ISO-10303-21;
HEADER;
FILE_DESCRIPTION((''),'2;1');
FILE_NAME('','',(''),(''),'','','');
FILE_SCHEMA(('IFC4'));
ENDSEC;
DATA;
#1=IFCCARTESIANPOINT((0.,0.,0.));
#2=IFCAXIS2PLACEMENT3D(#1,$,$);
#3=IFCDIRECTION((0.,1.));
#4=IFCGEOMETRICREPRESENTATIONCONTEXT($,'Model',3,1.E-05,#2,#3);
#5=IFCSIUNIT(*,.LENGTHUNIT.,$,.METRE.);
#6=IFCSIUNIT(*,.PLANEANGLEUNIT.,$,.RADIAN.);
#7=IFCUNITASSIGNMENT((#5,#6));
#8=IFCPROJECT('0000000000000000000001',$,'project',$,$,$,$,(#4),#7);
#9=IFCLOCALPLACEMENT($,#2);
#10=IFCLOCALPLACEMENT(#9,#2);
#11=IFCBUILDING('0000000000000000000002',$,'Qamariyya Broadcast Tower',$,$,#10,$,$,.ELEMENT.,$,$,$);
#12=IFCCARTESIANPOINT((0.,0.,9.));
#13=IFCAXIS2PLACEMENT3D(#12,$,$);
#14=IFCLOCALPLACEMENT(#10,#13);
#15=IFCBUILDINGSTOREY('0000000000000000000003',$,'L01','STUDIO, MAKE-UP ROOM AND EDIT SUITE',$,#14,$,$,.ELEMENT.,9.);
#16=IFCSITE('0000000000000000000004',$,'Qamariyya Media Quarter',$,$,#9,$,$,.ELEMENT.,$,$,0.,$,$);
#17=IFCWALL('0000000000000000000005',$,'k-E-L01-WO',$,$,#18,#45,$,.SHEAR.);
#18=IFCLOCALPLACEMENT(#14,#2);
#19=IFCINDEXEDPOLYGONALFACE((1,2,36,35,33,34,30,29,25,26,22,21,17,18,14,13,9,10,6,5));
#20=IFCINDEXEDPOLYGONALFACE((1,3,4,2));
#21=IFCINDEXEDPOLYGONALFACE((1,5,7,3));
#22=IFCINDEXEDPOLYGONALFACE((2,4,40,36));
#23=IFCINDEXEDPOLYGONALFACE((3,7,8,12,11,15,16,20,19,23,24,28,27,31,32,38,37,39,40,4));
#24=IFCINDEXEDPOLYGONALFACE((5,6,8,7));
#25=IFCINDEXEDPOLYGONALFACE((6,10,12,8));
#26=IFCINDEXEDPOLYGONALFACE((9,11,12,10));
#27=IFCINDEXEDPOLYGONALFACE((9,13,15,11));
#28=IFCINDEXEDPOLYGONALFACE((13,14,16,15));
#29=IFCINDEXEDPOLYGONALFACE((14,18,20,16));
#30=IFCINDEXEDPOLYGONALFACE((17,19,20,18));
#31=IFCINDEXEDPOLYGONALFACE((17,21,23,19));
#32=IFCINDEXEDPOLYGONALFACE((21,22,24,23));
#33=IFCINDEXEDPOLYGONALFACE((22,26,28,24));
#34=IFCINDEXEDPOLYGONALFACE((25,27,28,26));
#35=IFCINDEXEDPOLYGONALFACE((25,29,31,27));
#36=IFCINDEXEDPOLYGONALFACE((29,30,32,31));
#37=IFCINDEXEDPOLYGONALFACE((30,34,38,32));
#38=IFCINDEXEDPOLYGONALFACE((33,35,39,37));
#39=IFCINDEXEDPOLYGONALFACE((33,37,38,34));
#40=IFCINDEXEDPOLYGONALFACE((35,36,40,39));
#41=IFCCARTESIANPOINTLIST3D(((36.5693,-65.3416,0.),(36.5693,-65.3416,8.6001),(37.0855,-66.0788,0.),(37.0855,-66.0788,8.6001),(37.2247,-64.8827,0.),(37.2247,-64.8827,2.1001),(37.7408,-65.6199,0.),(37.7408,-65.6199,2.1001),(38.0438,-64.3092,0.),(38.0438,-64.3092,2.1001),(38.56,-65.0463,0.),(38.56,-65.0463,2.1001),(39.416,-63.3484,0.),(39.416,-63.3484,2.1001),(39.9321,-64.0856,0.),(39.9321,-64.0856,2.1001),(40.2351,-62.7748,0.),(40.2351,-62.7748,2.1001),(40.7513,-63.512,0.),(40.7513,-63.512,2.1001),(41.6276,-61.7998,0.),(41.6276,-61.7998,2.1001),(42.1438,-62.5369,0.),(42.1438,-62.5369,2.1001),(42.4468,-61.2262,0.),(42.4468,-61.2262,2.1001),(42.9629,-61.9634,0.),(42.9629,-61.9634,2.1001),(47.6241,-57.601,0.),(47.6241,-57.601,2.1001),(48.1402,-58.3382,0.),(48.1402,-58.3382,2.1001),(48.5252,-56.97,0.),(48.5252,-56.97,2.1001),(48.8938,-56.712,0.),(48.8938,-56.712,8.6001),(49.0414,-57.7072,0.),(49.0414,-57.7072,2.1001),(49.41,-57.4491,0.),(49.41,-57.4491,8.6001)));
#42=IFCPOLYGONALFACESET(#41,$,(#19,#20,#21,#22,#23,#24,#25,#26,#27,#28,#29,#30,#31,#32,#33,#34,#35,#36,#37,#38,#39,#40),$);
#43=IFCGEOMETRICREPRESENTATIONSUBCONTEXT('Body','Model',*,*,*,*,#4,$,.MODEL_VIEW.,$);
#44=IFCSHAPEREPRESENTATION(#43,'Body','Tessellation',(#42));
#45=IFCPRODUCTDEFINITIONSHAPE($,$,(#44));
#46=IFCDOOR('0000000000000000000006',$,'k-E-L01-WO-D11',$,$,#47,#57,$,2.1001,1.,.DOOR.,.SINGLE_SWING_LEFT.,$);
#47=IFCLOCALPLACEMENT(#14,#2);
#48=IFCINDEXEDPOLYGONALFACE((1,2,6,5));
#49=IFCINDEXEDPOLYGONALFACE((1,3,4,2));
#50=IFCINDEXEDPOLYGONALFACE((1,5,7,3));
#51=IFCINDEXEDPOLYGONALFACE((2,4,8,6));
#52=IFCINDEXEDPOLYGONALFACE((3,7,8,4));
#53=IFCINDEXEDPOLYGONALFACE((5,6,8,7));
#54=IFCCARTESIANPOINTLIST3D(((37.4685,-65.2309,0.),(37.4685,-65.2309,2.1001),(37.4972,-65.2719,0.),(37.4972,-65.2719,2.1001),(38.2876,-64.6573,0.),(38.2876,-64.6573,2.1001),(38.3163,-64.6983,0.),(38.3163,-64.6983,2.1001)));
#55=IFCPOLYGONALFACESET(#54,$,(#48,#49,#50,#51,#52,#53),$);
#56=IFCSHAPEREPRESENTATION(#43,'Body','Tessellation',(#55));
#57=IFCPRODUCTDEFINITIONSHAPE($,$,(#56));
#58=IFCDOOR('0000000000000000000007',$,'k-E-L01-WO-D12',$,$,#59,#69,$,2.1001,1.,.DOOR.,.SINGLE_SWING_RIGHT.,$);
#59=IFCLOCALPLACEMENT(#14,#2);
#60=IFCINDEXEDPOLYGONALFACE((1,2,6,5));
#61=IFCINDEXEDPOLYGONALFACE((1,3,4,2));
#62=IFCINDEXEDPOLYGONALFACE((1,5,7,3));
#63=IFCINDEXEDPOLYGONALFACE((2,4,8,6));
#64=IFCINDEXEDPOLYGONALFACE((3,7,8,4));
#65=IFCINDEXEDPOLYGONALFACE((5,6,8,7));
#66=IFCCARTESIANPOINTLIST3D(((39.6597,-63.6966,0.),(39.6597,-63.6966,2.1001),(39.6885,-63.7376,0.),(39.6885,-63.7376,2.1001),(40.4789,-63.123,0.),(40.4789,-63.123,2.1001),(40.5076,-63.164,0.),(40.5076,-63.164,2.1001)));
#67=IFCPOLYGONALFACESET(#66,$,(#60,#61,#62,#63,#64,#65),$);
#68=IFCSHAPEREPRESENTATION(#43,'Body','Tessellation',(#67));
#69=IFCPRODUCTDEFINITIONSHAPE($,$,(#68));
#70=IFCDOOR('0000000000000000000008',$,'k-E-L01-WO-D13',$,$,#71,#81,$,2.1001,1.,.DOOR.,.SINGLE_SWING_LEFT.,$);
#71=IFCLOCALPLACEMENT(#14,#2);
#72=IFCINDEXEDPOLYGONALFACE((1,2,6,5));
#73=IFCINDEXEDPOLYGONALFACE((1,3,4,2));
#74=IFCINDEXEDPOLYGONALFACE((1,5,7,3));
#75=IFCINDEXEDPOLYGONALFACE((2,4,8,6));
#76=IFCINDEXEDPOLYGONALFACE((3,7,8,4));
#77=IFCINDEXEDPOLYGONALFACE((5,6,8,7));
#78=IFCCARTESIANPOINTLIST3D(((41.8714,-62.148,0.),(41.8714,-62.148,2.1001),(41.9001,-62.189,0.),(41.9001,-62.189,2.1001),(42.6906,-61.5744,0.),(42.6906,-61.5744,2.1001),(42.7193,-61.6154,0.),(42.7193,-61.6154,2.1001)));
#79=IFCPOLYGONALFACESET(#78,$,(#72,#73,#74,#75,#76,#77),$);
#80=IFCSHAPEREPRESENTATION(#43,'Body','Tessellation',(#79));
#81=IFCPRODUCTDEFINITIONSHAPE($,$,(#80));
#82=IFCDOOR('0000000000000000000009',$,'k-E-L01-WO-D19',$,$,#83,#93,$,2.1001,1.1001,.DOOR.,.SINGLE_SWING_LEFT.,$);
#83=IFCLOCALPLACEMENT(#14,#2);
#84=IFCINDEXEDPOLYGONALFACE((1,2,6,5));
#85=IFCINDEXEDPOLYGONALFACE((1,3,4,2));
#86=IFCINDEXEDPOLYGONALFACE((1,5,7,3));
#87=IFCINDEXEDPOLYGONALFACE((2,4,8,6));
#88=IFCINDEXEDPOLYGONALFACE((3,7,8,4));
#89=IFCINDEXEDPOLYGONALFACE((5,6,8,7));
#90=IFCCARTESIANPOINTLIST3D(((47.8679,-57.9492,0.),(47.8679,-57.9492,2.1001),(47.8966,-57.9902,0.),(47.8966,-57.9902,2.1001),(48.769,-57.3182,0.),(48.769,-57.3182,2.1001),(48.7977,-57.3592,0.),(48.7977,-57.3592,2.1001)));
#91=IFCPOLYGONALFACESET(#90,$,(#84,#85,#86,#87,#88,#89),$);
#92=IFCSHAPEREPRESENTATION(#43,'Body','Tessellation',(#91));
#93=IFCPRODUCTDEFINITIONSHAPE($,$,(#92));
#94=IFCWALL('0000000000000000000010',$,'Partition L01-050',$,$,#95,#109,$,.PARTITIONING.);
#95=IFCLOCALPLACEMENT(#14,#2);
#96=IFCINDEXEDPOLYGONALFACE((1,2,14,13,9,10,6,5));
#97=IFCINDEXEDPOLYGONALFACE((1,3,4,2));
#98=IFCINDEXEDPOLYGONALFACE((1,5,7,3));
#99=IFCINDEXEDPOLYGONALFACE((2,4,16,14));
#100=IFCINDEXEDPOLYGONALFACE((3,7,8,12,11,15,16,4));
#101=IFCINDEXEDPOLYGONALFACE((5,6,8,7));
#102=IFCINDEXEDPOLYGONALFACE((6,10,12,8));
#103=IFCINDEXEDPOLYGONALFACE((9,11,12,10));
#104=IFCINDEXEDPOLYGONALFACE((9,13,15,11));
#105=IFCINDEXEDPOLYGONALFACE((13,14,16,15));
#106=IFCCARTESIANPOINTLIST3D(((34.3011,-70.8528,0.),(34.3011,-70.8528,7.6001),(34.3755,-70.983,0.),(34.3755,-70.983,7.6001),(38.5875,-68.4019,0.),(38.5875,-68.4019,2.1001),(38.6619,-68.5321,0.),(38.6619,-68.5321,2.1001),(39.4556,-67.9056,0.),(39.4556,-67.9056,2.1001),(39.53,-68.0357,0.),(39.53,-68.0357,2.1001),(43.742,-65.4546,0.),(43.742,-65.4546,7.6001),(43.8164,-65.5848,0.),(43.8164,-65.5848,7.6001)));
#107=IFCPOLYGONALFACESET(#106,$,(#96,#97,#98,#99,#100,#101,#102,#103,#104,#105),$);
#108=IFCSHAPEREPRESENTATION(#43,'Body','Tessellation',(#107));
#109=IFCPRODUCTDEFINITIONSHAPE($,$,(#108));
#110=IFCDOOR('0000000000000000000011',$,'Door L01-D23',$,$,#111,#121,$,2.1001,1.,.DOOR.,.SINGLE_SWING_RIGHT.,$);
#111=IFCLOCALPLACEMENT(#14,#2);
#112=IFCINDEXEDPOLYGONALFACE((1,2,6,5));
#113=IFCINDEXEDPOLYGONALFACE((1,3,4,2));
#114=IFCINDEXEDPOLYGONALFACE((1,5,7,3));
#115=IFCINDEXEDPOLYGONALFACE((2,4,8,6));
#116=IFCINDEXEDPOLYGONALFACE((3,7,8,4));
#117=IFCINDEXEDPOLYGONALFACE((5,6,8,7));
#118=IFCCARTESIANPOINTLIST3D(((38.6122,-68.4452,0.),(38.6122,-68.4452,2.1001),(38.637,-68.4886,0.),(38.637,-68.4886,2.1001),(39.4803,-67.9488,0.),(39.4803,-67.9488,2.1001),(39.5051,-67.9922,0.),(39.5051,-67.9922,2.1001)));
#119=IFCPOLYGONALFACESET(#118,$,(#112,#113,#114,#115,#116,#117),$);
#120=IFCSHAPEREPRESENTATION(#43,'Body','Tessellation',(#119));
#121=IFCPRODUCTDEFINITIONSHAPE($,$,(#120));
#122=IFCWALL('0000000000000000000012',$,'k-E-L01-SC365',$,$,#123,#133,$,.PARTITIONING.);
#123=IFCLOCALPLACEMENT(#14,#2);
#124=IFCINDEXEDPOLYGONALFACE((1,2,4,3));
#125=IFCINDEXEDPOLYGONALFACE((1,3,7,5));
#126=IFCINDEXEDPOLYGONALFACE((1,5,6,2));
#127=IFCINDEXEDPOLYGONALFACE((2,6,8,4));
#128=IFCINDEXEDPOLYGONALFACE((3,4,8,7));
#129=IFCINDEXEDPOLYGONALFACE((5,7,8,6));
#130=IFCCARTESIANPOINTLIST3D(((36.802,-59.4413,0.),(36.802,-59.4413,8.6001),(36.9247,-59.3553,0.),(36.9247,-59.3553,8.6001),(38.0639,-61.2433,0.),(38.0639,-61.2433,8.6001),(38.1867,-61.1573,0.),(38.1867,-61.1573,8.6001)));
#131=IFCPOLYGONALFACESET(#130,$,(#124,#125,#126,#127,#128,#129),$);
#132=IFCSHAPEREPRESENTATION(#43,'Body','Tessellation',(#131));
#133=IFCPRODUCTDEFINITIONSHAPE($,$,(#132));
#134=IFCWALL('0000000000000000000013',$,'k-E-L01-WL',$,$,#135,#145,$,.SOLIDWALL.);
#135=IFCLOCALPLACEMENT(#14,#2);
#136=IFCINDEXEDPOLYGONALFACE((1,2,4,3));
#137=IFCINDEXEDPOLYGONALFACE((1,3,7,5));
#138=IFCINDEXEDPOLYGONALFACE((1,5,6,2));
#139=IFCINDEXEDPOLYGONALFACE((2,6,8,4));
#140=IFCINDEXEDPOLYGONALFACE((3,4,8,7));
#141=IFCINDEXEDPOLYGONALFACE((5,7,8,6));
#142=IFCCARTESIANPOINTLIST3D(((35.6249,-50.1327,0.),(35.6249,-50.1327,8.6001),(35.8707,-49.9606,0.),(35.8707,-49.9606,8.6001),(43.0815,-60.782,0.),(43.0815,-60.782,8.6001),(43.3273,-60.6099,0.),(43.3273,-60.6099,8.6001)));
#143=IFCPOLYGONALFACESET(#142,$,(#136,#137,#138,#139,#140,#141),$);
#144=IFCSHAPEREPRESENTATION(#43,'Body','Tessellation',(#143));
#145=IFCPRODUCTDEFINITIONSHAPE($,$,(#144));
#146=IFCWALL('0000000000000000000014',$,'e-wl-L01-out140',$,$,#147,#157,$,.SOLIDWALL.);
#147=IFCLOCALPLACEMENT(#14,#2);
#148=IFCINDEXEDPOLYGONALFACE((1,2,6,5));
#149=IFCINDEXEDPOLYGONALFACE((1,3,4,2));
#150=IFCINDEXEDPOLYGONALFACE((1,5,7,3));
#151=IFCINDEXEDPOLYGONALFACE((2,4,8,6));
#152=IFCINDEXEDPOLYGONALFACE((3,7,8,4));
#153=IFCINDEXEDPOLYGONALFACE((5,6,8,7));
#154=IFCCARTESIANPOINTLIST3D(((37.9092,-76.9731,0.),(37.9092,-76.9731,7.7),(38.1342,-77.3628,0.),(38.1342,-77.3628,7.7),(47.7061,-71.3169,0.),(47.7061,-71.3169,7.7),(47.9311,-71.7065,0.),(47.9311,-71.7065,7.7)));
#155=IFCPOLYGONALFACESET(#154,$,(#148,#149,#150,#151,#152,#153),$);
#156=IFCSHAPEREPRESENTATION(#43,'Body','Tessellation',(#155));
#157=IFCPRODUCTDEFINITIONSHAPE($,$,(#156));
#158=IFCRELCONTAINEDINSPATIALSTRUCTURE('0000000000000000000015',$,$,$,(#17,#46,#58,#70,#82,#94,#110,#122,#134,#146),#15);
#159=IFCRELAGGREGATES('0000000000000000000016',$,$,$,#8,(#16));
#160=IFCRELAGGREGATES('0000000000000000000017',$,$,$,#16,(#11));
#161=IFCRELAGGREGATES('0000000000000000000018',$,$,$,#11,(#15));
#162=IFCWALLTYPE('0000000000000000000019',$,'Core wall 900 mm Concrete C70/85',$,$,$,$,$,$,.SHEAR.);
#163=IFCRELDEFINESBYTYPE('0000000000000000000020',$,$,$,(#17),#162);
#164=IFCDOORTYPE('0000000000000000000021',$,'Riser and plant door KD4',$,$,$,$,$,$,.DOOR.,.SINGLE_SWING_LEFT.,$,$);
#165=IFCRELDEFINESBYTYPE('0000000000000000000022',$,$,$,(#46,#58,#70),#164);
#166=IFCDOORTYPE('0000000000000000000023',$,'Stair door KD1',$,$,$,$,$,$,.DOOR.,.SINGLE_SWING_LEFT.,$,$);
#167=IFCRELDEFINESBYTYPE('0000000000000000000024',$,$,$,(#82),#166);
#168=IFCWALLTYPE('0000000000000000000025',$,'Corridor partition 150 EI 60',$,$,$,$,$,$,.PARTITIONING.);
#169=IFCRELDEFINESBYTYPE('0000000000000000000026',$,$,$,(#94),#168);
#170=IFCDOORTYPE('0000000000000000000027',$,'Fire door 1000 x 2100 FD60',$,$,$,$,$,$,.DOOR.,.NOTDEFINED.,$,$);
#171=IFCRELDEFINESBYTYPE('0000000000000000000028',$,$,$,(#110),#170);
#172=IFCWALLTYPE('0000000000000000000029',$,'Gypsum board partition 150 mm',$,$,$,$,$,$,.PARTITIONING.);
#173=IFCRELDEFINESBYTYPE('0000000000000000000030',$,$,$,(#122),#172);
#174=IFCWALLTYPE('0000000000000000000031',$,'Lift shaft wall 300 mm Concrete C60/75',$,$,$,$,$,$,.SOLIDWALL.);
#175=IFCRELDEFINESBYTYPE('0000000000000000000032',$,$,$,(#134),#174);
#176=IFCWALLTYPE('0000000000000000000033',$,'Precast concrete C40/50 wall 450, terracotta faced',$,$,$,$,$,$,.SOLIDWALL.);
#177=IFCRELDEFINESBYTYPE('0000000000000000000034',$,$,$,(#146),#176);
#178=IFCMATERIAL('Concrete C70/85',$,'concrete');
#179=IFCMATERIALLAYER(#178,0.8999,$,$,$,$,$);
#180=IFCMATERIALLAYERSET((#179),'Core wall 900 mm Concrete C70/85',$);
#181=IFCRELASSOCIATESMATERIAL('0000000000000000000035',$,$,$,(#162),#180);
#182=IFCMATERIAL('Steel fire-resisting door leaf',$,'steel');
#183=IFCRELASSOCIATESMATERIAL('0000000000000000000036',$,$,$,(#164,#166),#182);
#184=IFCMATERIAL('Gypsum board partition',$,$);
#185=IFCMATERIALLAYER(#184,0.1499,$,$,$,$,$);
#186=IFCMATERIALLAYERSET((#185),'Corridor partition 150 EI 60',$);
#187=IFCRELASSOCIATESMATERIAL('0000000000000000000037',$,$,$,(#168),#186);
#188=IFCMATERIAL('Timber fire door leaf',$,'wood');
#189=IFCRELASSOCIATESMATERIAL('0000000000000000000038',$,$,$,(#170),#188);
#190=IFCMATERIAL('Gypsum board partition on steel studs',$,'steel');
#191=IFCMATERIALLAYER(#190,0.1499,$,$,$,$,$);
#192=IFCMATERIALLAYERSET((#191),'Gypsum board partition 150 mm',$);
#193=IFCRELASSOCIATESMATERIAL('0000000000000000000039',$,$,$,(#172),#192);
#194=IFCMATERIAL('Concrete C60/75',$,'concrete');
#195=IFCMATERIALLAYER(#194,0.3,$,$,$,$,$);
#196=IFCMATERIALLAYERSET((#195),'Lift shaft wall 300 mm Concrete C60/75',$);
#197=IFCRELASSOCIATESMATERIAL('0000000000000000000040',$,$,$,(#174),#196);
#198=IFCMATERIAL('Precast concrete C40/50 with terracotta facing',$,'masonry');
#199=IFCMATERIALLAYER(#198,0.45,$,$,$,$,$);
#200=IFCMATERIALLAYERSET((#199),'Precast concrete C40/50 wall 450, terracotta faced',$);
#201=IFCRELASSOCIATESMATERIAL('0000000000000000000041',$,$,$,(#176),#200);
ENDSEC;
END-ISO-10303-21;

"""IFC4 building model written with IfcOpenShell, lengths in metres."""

from ifc_helpers import new_model, si_unit, direction, frame, frame_2d, origin, place, context, subcontext, project, spatial, rectangle, extrude, material, layer, layer_set, type_object, element, fill, save


model = new_model("IFC4")

# Units and contexts
model_context = context("Model", 3, precision=1e-05, world=origin(), true_north=direction((0.0, 1.0)))
body_context = subcontext(model_context, "Body", "Model", "MODEL_VIEW")
ifc_project = project(units=[si_unit("LENGTHUNIT", "METRE"), si_unit("PLANEANGLEUNIT", "RADIAN")], contexts=[model_context])

# Site, building, storey
site_placement = place(None, origin())
site = spatial("IfcSite", under=ifc_project, at=site_placement, Name="Qamariyya Media Quarter", CompositionType="ELEMENT", RefElevation=0.0)
building_placement = place(site_placement, origin())
building = spatial("IfcBuilding", under=site, at=building_placement, Name="Qamariyya Broadcast Tower", CompositionType="ELEMENT")
storey_placement = place(building_placement, frame((0.0, 0.0, 9.0)))
storey = spatial("IfcBuildingStorey", under=building, at=storey_placement, Name="L01", Description="STUDIO, MAKE-UP ROOM AND EDIT SUITE", CompositionType="ELEMENT", Elevation=9.0)

# Shared definitions
ifc_material_1 = material(Name="Concrete C70/85", Category="concrete")

# Shared definitions
ifc_layer_1 = layer(ifc_material_1, 0.8999)
ifc_layer_set_1 = layer_set([ifc_layer_1], Name="Core wall 900 mm Concrete C70/85")
wall_type_1 = type_object("IfcWallType", Name="Core wall 900 mm Concrete C70/85", PredefinedType="SHEAR", material=ifc_layer_set_1)
ifc_material_2 = material(Name="Steel fire-resisting door leaf", Category="steel")

# Wall, openings, doors
wall_1_placement = place(storey_placement, frame((36.8274, -65.7102, 0.0), z_axis=(0.0, 0.0, 1.0), x_axis=(0.819153, 0.573575, 0.0)))
wall_1 = element("IfcWall", 1, at=wall_1_placement, inside=storey, type_object=wall_type_1, Name="k-E-L01-WO", PredefinedType="SHEAR", context=body_context, shape_type="SweptSolid", body=[
    extrude(rectangle(XDim=15.0454, YDim=0.8999, at=frame_2d((7.5227, 0.0))), origin(), (0.0, 0.0, 1.0), 8.6001),
])
opening_1_placement = place(wall_1_placement, frame((0.8, 0.0, 0.0)))
opening_1 = element("IfcOpeningElement", 2, at=opening_1_placement, cuts=wall_1, PredefinedType="OPENING", context=body_context, shape_type="SweptSolid", body=[
    extrude(rectangle(XDim=1.0, YDim=2.1001, at=frame_2d((0.5, 1.05))), frame((0.0, 0.46, 0.0), z_axis=(0.0, -1.0, 0.0), x_axis=(1.0, 0.0, 0.0)), (0.0, 0.0, 1.0), 0.9199),
])
opening_2_placement = place(wall_1_placement, frame((3.4751, 0.0, 0.0)))
opening_2 = element("IfcOpeningElement", 3, at=opening_2_placement, cuts=wall_1, PredefinedType="OPENING", context=body_context, shape_type="SweptSolid", body=[
    extrude(rectangle(XDim=1.0, YDim=2.1001, at=frame_2d((0.5, 1.05))), frame((0.0, 0.46, 0.0), z_axis=(0.0, -1.0, 0.0), x_axis=(1.0, 0.0, 0.0)), (0.0, 0.0, 1.0), 0.9199),
])
opening_3_placement = place(wall_1_placement, frame((6.175, 0.0, 0.0)))
opening_3 = element("IfcOpeningElement", 4, at=opening_3_placement, cuts=wall_1, PredefinedType="OPENING", context=body_context, shape_type="SweptSolid", body=[
    extrude(rectangle(XDim=1.0, YDim=2.1001, at=frame_2d((0.5, 1.05))), frame((0.0, 0.46, 0.0), z_axis=(0.0, -1.0, 0.0), x_axis=(1.0, 0.0, 0.0)), (0.0, 0.0, 1.0), 0.9199),
])
opening_4_placement = place(wall_1_placement, frame((13.4954, 0.0, 0.0)))
opening_4 = element("IfcOpeningElement", 5, at=opening_4_placement, cuts=wall_1, PredefinedType="OPENING", context=body_context, shape_type="SweptSolid", body=[
    extrude(rectangle(XDim=1.1001, YDim=2.1001, at=frame_2d((0.55, 1.05))), frame((0.0, 0.46, 0.0), z_axis=(0.0, -1.0, 0.0), x_axis=(1.0, 0.0, 0.0)), (0.0, 0.0, 1.0), 0.9199),
])
door_type_1 = type_object("IfcDoorType", Name="Riser and plant door KD4", OperationType="SINGLE_SWING_LEFT", PredefinedType="DOOR", material=ifc_material_2)
door_1_placement = place(opening_1_placement, origin())
door_1 = element("IfcDoor", 6, at=door_1_placement, inside=storey, type_object=door_type_1, Name="k-E-L01-WO-D11", OperationType="SINGLE_SWING_LEFT", OverallHeight=2.1001, OverallWidth=1.0, PredefinedType="DOOR", context=body_context, shape_type="SweptSolid", body=[
    extrude(rectangle(XDim=1.0, YDim=2.1001, at=frame_2d((0.5, 1.05))), frame((0.0, 0.0249, 0.0), z_axis=(0.0, -1.0, 0.0), x_axis=(1.0, 0.0, 0.0)), (0.0, 0.0, 1.0), 0.05),
])
fill(opening_1, door_1)
door_2_placement = place(opening_2_placement, origin())
door_2 = element("IfcDoor", 7, at=door_2_placement, inside=storey, type_object=door_type_1, Name="k-E-L01-WO-D12", OperationType="SINGLE_SWING_RIGHT", OverallHeight=2.1001, OverallWidth=1.0, PredefinedType="DOOR", context=body_context, shape_type="SweptSolid", body=[
    extrude(rectangle(XDim=1.0, YDim=2.1001, at=frame_2d((0.5, 1.05))), frame((0.0, 0.0249, 0.0), z_axis=(0.0, -1.0, 0.0), x_axis=(1.0, 0.0, 0.0)), (0.0, 0.0, 1.0), 0.05),
])
fill(opening_2, door_2)
door_3_placement = place(opening_3_placement, origin())
door_3 = element("IfcDoor", 8, at=door_3_placement, inside=storey, type_object=door_type_1, Name="k-E-L01-WO-D13", OperationType="SINGLE_SWING_LEFT", OverallHeight=2.1001, OverallWidth=1.0, PredefinedType="DOOR", context=body_context, shape_type="SweptSolid", body=[
    extrude(rectangle(XDim=1.0, YDim=2.1001, at=frame_2d((0.5, 1.05))), frame((0.0, 0.0249, 0.0), z_axis=(0.0, -1.0, 0.0), x_axis=(1.0, 0.0, 0.0)), (0.0, 0.0, 1.0), 0.05),
])
fill(opening_3, door_3)
door_type_2 = type_object("IfcDoorType", Name="Stair door KD1", OperationType="SINGLE_SWING_LEFT", PredefinedType="DOOR", material=ifc_material_2)
door_4_placement = place(opening_4_placement, origin())
door_4 = element("IfcDoor", 9, at=door_4_placement, inside=storey, type_object=door_type_2, Name="k-E-L01-WO-D19", OperationType="SINGLE_SWING_LEFT", OverallHeight=2.1001, OverallWidth=1.1001, PredefinedType="DOOR", context=body_context, shape_type="SweptSolid", body=[
    extrude(rectangle(XDim=1.1001, YDim=2.1001, at=frame_2d((0.55, 1.05))), frame((0.0, 0.0249, 0.0), z_axis=(0.0, -1.0, 0.0), x_axis=(1.0, 0.0, 0.0)), (0.0, 0.0, 1.0), 0.05),
])
fill(opening_4, door_4)

# Wall, opening, door
ifc_material_3 = material(Name="Gypsum board partition")
ifc_layer_2 = layer(ifc_material_3, 0.1499)
ifc_layer_set_2 = layer_set([ifc_layer_2], Name="Corridor partition 150 EI 60")
wall_type_2 = type_object("IfcWallType", Name="Corridor partition 150 EI 60", PredefinedType="PARTITIONING", material=ifc_layer_set_2)
wall_2_placement = place(storey_placement, frame((43.7791, -65.5198, 0.0), z_axis=(0.0, 0.0, 1.0), x_axis=(-0.868109, -0.496373, 0.0)))
wall_2 = element("IfcWall", 10, at=wall_2_placement, inside=storey, type_object=wall_type_2, Name="Partition L01-050", PredefinedType="PARTITIONING", context=body_context, shape_type="SweptSolid", body=[
    extrude(rectangle(XDim=10.8752, YDim=0.1499, at=frame_2d((5.4375, 0.0))), origin(), (0.0, 0.0, 1.0), 7.6001),
])
opening_5_placement = place(wall_2_placement, frame((4.9375, 0.0, 0.0)))
opening_5 = element("IfcOpeningElement", 11, at=opening_5_placement, cuts=wall_2, PredefinedType="OPENING", context=body_context, shape_type="SweptSolid", body=[
    extrude(rectangle(XDim=1.0, YDim=2.1001, at=frame_2d((0.5, 1.05))), frame((0.0, 0.085, 0.0), z_axis=(0.0, -1.0, 0.0), x_axis=(1.0, 0.0, 0.0)), (0.0, 0.0, 1.0), 0.1699),
])
ifc_material_4 = material(Name="Timber fire door leaf", Category="wood")
door_type_3 = type_object("IfcDoorType", Name="Fire door 1000 x 2100 FD60", OperationType="NOTDEFINED", PredefinedType="DOOR", material=ifc_material_4)
door_5_placement = place(opening_5_placement, origin())
door_5 = element("IfcDoor", 12, at=door_5_placement, inside=storey, type_object=door_type_3, Name="Door L01-D23", OperationType="SINGLE_SWING_RIGHT", OverallHeight=2.1001, OverallWidth=1.0, PredefinedType="DOOR", context=body_context, shape_type="SweptSolid", body=[
    extrude(rectangle(XDim=1.0, YDim=2.1001, at=frame_2d((0.5, 1.05))), frame((0.0, 0.0249, 0.0), z_axis=(0.0, -1.0, 0.0), x_axis=(1.0, 0.0, 0.0)), (0.0, 0.0, 1.0), 0.05),
])
fill(opening_5, door_5)

# Walls
ifc_material_5 = material(Name="Gypsum board partition on steel studs", Category="steel")
ifc_layer_3 = layer(ifc_material_5, 0.1499)
ifc_layer_set_3 = layer_set([ifc_layer_3], Name="Gypsum board partition 150 mm")
wall_type_3 = type_object("IfcWallType", Name="Gypsum board partition 150 mm", PredefinedType="PARTITIONING", material=ifc_layer_set_3)
wall_3_placement = place(storey_placement, frame((36.8633, -59.3982, 0.0), z_axis=(0.0, 0.0, 1.0), x_axis=(0.573634, -0.819112, 0.0)))
element("IfcWall", 13, at=wall_3_placement, inside=storey, type_object=wall_type_3, Name="k-E-L01-SC365", PredefinedType="PARTITIONING", context=body_context, shape_type="SweptSolid", body=[
    extrude(rectangle(XDim=2.2, YDim=0.1499, at=frame_2d((1.1001, 0.0))), origin(), (0.0, 0.0, 1.0), 8.6001),
])
ifc_material_6 = material(Name="Concrete C60/75", Category="concrete")
ifc_layer_4 = layer(ifc_material_6, 0.3)
ifc_layer_set_4 = layer_set([ifc_layer_4], Name="Lift shaft wall 300 mm Concrete C60/75")
wall_type_4 = type_object("IfcWallType", Name="Lift shaft wall 300 mm Concrete C60/75", PredefinedType="SOLIDWALL", material=ifc_layer_set_4)
wall_4_placement = place(storey_placement, frame((43.2043, -60.6958, 0.0), z_axis=(0.0, 0.0, 1.0), x_axis=(-0.573572, 0.819155, 0.0)))
element("IfcWall", 14, at=wall_4_placement, inside=storey, type_object=wall_type_4, Name="k-E-L01-WL", PredefinedType="SOLIDWALL", context=body_context, shape_type="SweptSolid", body=[
    extrude(rectangle(XDim=13.0002, YDim=0.3, at=frame_2d((6.5, 0.0))), origin(), (0.0, 0.0, 1.0), 8.6001),
])
ifc_material_7 = material(Name="Precast concrete C40/50 with terracotta facing", Category="masonry")
ifc_layer_5 = layer(ifc_material_7, 0.45)
ifc_layer_set_5 = layer_set([ifc_layer_5], Name="Precast concrete C40/50 wall 450, terracotta faced")
wall_type_5 = type_object("IfcWallType", Name="Precast concrete C40/50 wall 450, terracotta faced", PredefinedType="SOLIDWALL", material=ifc_layer_set_5)
wall_5_placement = place(storey_placement, frame((38.0217, -77.168, 0.0), z_axis=(0.0, 0.0, 1.0), x_axis=(0.866025, 0.500001, 0.0)))
element("IfcWall", 15, at=wall_5_placement, inside=storey, type_object=wall_type_5, Name="e-wl-L01-out140", PredefinedType="SOLIDWALL", context=body_context, shape_type="SweptSolid", body=[
    extrude(rectangle(XDim=11.3125, YDim=0.45, at=frame_2d((5.6562, 0.0))), origin(), (0.0, 0.0, 1.0), 7.7),
])

save(model, "model.ifc")
